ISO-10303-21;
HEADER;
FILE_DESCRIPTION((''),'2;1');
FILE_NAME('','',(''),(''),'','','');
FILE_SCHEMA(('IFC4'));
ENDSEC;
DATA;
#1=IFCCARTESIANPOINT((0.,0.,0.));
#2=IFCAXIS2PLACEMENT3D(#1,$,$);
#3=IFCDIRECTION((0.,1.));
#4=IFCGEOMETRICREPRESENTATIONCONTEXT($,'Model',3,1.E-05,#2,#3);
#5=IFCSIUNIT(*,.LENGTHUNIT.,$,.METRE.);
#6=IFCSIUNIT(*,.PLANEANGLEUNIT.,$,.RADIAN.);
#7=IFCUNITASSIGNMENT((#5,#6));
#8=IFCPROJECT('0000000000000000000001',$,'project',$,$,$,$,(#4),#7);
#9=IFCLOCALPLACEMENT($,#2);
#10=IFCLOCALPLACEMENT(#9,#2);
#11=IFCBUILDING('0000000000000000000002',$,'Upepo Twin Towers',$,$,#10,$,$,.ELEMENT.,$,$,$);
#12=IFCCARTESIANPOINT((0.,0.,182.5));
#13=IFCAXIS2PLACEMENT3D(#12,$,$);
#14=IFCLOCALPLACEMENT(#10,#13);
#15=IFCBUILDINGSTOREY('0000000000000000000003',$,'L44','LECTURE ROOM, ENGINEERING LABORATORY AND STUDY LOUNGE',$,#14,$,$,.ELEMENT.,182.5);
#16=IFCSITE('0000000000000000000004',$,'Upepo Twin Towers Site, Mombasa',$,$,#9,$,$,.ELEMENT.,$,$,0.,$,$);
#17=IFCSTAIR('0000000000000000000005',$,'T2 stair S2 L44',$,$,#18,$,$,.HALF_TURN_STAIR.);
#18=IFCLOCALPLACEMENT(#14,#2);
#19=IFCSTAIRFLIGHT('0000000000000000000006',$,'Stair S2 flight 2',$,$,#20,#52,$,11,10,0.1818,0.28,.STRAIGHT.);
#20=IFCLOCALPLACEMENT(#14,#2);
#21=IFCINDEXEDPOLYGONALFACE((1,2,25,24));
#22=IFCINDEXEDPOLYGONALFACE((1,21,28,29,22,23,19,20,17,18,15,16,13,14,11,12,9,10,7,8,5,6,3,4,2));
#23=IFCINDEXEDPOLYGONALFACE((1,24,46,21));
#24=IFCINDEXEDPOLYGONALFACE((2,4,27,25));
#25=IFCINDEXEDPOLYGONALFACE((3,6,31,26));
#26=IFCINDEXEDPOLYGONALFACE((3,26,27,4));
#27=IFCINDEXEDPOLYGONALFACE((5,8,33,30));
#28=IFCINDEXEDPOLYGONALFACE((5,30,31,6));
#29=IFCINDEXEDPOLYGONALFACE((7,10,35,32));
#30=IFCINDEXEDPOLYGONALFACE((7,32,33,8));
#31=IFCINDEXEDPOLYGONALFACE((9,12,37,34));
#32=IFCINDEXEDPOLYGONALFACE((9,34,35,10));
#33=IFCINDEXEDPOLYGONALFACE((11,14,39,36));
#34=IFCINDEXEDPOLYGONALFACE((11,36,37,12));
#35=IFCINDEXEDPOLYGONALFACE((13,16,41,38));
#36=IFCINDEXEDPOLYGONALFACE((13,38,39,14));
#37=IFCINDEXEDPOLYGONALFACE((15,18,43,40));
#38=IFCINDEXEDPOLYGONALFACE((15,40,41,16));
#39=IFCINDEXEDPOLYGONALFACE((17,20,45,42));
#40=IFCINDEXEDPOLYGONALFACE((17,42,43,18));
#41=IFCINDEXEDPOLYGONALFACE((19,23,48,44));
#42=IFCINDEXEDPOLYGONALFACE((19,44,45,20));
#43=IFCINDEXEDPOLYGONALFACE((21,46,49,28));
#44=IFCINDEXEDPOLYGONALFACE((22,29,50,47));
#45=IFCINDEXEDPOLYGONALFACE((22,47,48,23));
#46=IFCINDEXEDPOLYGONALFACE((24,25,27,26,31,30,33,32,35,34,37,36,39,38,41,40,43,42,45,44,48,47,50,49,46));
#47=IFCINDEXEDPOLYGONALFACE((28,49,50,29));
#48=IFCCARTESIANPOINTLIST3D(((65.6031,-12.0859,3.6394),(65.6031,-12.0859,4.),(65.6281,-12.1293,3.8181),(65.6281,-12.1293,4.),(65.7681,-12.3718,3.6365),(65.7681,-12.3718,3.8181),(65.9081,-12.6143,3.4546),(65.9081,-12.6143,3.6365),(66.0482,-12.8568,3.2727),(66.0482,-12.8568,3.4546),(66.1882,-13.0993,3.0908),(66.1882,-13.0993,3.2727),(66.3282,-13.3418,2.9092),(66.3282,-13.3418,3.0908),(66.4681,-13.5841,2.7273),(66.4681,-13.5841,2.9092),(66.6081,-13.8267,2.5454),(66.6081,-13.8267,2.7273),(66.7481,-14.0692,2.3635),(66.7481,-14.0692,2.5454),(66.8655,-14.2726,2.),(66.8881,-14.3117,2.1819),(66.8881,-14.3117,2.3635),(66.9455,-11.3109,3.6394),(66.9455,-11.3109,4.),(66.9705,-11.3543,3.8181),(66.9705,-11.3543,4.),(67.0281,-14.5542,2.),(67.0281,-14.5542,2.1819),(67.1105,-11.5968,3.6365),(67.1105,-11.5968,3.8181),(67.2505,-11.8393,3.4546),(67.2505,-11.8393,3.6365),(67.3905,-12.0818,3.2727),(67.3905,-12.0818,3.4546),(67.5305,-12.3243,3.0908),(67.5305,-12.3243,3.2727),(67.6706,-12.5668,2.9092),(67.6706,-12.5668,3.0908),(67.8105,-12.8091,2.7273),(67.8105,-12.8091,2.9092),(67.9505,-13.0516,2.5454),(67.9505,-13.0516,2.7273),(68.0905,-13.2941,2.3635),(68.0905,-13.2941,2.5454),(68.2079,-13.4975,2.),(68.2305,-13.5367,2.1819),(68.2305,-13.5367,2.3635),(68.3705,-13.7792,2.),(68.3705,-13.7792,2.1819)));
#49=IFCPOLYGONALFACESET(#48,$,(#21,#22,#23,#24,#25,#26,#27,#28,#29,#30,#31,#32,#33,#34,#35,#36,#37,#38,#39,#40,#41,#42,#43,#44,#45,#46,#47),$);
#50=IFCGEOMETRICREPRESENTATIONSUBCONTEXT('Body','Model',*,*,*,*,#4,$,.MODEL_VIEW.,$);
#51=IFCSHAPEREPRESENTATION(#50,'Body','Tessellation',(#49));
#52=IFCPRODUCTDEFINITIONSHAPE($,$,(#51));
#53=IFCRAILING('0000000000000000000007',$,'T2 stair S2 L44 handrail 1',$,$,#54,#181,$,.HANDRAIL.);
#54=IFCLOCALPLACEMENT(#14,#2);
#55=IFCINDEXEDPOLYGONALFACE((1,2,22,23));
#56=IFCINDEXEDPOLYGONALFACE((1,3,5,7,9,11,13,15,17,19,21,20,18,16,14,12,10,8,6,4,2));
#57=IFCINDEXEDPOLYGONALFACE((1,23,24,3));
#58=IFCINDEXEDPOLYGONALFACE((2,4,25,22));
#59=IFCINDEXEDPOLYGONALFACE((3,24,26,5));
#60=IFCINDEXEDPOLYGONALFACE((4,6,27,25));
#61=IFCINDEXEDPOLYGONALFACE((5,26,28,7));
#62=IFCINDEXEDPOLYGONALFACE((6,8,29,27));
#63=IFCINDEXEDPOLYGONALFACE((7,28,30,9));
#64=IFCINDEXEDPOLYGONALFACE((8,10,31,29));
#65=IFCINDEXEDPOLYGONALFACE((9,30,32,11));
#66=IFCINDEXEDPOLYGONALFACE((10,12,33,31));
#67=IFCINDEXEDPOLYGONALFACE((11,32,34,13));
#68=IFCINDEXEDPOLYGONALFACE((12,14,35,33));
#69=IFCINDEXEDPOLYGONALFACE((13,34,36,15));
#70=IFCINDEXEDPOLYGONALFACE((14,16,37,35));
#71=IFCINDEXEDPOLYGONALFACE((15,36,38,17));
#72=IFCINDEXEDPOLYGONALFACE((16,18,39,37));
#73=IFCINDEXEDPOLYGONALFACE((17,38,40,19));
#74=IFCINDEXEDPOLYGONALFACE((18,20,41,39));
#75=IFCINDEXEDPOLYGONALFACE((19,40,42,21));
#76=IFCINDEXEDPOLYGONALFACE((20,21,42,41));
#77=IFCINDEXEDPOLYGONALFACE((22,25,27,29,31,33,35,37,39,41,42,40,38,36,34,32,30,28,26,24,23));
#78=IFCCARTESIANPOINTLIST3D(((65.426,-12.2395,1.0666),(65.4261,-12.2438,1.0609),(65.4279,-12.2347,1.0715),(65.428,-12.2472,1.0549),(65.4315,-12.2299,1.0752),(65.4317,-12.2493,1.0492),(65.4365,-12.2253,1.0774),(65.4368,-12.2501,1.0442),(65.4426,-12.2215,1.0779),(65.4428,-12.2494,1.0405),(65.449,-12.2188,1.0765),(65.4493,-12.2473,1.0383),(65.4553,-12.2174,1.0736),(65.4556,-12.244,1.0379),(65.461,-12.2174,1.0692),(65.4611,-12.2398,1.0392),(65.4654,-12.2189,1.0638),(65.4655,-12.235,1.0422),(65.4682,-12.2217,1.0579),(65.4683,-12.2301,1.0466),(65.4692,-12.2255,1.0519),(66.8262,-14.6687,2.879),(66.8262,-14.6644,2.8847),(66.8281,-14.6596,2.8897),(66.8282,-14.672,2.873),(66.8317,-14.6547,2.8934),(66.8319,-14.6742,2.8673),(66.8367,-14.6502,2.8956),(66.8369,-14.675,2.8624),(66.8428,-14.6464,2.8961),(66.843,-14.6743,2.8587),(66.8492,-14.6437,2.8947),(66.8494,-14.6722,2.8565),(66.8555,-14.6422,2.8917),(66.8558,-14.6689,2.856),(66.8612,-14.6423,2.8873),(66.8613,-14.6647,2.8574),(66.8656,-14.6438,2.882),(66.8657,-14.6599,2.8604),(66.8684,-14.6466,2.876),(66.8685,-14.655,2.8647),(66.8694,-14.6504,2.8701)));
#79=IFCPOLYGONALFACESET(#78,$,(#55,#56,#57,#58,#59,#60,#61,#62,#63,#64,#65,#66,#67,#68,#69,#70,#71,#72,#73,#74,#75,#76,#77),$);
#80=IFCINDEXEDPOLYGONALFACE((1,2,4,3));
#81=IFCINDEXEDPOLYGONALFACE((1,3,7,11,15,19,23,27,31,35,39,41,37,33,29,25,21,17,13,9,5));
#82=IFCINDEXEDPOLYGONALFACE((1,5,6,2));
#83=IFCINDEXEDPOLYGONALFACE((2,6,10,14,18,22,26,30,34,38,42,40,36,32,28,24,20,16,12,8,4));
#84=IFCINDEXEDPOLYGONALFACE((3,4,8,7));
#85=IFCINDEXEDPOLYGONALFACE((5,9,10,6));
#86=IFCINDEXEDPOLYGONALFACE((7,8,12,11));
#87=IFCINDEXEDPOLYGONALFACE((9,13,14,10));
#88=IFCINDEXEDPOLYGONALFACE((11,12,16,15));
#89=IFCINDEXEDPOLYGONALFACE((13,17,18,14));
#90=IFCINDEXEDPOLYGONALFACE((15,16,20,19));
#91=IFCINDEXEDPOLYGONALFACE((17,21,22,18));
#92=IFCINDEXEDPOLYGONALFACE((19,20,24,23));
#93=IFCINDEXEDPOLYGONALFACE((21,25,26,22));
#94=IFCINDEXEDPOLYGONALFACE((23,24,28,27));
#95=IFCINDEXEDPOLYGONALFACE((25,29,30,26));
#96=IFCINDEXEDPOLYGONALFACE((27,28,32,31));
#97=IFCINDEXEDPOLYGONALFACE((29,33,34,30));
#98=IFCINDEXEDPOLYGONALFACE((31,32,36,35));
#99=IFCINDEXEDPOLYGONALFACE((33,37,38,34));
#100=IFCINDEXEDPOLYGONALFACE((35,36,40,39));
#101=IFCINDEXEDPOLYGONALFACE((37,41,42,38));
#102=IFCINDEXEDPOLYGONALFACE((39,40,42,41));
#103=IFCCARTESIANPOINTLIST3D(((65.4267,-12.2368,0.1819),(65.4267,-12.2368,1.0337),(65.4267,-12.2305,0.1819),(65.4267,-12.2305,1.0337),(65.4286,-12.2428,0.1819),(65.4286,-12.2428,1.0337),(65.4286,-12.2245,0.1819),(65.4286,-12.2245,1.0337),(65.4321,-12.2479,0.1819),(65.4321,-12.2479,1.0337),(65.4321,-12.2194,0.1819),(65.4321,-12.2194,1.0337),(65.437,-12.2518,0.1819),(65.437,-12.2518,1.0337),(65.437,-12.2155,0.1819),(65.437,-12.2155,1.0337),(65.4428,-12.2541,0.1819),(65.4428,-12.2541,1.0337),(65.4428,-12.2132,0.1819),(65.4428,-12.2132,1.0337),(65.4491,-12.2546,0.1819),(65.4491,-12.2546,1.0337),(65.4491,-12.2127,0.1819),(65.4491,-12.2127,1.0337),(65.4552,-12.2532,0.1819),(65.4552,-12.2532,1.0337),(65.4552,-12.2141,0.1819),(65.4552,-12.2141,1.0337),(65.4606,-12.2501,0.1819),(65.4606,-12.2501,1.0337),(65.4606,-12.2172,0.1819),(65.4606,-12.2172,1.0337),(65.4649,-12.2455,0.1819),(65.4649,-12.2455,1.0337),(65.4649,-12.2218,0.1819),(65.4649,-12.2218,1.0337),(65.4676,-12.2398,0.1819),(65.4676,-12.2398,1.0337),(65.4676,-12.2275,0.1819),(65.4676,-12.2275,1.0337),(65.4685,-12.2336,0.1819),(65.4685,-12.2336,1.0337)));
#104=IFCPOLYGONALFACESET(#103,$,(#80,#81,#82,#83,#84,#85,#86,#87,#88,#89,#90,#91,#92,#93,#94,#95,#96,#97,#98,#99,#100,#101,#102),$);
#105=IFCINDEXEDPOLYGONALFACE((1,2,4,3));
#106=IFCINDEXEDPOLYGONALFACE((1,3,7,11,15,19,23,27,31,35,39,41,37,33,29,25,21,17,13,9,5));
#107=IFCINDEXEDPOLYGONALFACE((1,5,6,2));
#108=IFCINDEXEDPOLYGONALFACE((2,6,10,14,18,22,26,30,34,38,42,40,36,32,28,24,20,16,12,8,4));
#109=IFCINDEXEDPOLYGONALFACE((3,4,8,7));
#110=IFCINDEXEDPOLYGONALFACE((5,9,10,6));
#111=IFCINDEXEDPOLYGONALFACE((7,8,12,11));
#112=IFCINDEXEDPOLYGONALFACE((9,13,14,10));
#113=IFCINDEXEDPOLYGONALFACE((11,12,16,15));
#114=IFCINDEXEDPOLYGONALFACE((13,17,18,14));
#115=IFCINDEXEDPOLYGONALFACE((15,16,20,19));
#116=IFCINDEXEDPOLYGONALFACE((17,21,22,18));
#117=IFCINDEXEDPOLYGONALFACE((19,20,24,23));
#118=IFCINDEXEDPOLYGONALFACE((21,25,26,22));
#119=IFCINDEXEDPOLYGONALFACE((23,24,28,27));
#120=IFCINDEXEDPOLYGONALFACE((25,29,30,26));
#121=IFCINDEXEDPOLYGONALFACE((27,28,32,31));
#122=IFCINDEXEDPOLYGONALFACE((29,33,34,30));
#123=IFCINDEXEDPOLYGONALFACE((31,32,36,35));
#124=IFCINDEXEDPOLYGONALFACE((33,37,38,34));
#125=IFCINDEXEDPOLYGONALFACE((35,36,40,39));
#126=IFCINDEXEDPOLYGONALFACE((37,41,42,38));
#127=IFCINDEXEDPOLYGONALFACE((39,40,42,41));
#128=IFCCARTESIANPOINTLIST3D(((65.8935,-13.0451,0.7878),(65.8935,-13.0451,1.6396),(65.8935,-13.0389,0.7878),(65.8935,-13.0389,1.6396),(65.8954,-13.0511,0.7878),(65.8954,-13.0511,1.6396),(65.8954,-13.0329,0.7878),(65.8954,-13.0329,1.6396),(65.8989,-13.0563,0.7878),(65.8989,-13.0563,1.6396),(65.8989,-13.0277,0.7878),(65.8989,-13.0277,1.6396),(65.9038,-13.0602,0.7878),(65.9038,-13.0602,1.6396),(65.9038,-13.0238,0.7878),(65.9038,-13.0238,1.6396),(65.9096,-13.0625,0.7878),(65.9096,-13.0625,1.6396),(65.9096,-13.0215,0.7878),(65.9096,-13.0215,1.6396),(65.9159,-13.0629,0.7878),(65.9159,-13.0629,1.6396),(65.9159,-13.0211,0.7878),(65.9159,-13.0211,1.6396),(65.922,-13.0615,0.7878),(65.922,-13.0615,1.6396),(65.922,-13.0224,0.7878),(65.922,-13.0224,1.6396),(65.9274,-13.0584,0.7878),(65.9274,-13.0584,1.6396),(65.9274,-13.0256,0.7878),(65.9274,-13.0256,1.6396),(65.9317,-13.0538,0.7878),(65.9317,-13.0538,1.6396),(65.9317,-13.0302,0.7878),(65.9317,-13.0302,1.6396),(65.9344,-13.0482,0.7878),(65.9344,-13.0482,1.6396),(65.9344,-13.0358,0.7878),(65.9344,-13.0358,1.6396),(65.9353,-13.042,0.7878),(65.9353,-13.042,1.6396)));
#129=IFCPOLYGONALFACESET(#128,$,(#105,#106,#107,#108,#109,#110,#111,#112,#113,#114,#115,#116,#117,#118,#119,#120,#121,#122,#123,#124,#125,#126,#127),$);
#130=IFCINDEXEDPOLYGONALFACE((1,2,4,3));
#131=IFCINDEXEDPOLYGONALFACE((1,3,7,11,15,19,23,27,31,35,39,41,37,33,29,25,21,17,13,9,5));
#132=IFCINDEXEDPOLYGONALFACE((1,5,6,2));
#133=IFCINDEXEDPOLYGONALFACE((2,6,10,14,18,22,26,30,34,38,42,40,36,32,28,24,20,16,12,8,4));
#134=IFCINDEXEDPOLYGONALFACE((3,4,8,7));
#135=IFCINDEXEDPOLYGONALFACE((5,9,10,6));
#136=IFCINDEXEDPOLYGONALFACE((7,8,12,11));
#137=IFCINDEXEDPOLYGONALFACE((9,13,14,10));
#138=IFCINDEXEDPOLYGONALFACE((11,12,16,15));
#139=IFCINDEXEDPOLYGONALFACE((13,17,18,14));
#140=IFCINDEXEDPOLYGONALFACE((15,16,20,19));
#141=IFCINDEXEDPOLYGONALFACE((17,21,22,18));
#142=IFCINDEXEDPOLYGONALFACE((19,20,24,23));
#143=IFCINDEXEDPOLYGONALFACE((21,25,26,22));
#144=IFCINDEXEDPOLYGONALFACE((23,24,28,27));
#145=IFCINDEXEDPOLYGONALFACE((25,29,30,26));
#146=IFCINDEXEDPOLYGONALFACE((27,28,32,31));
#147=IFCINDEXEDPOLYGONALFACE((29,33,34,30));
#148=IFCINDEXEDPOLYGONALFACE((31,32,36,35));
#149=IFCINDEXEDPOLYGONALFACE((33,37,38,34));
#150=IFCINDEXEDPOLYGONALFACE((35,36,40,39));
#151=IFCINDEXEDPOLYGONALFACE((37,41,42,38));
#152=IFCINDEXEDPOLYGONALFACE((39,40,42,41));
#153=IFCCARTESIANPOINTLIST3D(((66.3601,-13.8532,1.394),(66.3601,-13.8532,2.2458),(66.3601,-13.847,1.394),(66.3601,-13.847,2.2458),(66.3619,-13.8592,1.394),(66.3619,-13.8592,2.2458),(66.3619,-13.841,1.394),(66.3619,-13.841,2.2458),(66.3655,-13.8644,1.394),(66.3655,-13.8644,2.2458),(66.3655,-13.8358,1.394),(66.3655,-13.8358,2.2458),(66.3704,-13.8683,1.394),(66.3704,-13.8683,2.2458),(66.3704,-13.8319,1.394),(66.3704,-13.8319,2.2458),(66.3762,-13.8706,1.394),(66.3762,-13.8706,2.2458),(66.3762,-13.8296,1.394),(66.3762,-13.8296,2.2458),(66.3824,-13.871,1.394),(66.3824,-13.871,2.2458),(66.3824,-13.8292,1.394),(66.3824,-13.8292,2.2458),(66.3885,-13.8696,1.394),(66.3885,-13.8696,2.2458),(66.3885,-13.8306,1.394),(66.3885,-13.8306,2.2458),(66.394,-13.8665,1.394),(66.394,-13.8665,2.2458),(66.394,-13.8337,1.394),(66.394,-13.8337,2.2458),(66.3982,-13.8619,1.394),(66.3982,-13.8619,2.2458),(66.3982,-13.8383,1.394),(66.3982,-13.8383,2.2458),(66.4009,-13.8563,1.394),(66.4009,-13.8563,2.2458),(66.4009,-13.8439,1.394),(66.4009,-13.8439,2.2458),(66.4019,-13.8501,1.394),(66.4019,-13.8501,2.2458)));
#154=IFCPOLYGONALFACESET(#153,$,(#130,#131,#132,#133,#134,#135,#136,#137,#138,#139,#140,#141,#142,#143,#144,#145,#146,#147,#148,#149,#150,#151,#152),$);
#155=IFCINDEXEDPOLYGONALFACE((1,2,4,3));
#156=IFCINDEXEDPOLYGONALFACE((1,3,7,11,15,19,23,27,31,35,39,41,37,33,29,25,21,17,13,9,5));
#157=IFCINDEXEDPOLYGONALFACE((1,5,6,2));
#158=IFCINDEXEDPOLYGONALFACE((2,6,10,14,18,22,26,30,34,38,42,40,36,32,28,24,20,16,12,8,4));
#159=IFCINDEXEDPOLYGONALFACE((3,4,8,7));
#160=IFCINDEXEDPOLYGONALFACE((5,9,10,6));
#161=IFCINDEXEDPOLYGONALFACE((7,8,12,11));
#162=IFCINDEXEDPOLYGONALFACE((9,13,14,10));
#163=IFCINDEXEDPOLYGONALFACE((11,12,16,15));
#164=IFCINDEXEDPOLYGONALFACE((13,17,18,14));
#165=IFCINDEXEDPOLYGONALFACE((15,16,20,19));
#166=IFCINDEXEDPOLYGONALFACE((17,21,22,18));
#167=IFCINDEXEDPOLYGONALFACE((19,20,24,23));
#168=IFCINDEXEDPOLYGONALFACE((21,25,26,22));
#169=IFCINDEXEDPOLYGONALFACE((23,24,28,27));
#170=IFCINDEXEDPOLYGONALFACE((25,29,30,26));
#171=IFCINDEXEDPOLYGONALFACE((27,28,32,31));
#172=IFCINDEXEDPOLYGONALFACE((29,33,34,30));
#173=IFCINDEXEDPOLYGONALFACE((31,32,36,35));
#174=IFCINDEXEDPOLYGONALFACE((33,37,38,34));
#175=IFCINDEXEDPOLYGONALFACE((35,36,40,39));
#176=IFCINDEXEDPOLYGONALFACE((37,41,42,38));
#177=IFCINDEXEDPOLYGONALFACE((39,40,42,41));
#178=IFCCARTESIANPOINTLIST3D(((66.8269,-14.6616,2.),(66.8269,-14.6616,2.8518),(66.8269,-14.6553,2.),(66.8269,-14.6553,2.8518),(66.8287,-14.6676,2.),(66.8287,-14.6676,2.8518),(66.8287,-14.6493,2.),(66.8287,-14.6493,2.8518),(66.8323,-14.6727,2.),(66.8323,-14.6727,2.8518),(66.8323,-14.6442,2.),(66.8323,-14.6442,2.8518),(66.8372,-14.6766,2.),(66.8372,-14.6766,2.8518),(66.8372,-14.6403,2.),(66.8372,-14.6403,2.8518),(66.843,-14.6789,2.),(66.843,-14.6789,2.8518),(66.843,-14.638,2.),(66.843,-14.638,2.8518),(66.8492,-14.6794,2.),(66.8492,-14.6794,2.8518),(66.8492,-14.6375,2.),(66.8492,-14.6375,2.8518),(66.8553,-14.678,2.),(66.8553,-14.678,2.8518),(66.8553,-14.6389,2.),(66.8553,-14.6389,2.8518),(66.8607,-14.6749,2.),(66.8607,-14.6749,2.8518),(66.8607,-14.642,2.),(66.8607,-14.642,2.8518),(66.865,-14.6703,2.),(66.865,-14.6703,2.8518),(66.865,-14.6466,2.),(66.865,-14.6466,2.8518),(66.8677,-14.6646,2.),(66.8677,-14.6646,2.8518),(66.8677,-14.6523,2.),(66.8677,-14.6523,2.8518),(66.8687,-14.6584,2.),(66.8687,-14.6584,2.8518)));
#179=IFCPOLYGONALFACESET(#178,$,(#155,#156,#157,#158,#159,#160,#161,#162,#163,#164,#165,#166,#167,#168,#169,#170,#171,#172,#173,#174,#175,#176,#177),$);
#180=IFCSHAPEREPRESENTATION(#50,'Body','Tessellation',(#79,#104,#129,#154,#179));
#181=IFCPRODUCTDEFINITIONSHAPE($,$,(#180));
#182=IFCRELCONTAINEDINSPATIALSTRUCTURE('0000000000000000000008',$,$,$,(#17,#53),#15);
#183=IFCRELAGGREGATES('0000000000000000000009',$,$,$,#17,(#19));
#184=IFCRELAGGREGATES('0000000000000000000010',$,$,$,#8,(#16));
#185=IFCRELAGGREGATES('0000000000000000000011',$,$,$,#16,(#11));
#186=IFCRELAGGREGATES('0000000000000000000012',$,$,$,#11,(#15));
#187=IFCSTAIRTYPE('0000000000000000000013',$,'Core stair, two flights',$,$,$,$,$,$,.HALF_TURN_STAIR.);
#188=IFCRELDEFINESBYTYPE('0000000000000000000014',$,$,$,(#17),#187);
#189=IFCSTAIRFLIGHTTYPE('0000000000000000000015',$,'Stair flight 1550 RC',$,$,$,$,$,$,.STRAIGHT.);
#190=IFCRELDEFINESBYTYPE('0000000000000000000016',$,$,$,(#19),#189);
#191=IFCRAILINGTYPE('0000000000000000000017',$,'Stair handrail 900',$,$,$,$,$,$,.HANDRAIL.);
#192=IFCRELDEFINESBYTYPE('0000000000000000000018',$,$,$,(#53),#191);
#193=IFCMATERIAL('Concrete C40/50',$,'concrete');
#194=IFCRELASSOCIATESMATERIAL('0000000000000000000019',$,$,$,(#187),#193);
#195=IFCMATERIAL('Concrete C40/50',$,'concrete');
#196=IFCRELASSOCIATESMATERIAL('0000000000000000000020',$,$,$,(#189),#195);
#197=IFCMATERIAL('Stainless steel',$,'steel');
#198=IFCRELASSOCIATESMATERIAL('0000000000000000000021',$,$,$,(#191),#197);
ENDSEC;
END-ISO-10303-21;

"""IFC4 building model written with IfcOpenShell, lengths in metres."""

from ifc_helpers import new_model, si_unit, direction, frame, origin, origin_2d, place, context, subcontext, project, spatial, polyline, circle, outline, extrude, material, type_object, element, aggregate, save


model = new_model("IFC4")

# Units and contexts
model_context = context("Model", 3, precision=1e-05, world=origin(), true_north=direction((0.0, 1.0)))
body_context = subcontext(model_context, "Body", "Model", "MODEL_VIEW")
ifc_project = project(units=[si_unit("LENGTHUNIT", "METRE"), si_unit("PLANEANGLEUNIT", "RADIAN")], contexts=[model_context])

# Site, building, storey
site_placement = place(None, origin())
site = spatial("IfcSite", under=ifc_project, at=site_placement, Name="Upepo Twin Towers Site, Mombasa", CompositionType="ELEMENT", RefElevation=0.0)
building_placement = place(site_placement, origin())
building = spatial("IfcBuilding", under=site, at=building_placement, Name="Upepo Twin Towers", CompositionType="ELEMENT")
storey_placement = place(building_placement, frame((0.0, 0.0, 182.5)))
storey = spatial("IfcBuildingStorey", under=building, at=storey_placement, Name="L44", Description="LECTURE ROOM, ENGINEERING LABORATORY AND STUDY LOUNGE", CompositionType="ELEMENT", Elevation=182.5)

# Stair, stair flight
ifc_material_1 = material(Name="Concrete C40/50", Category="concrete")
stair_type = type_object("IfcStairType", Name="Core stair, two flights", PredefinedType="HALF_TURN_STAIR", material=ifc_material_1)
stair_placement = place(storey_placement, origin())
stair = element("IfcStair", 1, at=stair_placement, inside=storey, type_object=stair_type, Name="T2 stair S2 L44", PredefinedType="HALF_TURN_STAIR")
ifc_material_2 = material(Name="Concrete C40/50", Category="concrete")
stair_flight_type = type_object("IfcStairFlightType", Name="Stair flight 1550 RC", PredefinedType="STRAIGHT", material=ifc_material_2)
stair_flight_1_placement = place(storey_placement, frame((67.6992, -14.1667, 2.0), z_axis=(0.0, 0.0, 1.0), x_axis=(-0.5, 0.866025, 0.0)))
stair_flight_1 = element("IfcStairFlight", 2, at=stair_flight_1_placement, type_object=stair_flight_type, Name="Stair S2 flight 2", NumberOfRisers=11, NumberOfTreads=10, PredefinedType="STRAIGHT", RiserHeight=0.1818, TreadLength=0.28, context=body_context, shape_type="SweptSolid", body=[
    extrude(outline(polyline([(0.0, 0.0), (0.0, 0.1819), (0.28, 0.1819), (0.28, 0.3635), (0.5601, 0.3635), (0.5601, 0.5454), (0.8401, 0.5454), (0.8401, 0.7273), (1.1201, 0.7273), (1.1201, 0.9092), (1.3999, 0.9092), (1.3999, 1.0908), (1.6799, 1.0908), (1.6799, 1.2727), (1.96, 1.2727), (1.96, 1.4546), (2.24, 1.4546), (2.24, 1.6365), (2.52, 1.6365), (2.52, 1.8181), (2.8, 1.8181), (2.8, 2.0), (2.8501, 2.0), (2.8501, 1.6394), (0.3252, 0.0), (0.0, 0.0)])), frame((0.0, 0.7749, 0.0), z_axis=(0.0, -1.0, 0.0), x_axis=(1.0, 0.0, 0.0)), (0.0, 0.0, 1.0), 1.55),
])
aggregate(stair, [stair_flight_1])

# Railing
ifc_material_3 = material(Name="Stainless steel", Category="steel")
railing_type = type_object("IfcRailingType", Name="Stair handrail 900", PredefinedType="HANDRAIL", material=ifc_material_3)
railing_1_placement = place(storey_placement, frame((65.4475, -12.2336, 0.1819)))
element("IfcRailing", 3, at=railing_1_placement, inside=storey, type_object=railing_type, Name="T2 stair S2 L44 handrail 1", PredefinedType="HANDRAIL", context=body_context, shape_type="SweptSolid", body=[
    extrude(circle(Radius=0.0239, at=origin_2d()), frame((0.0, 0.0, 0.876), z_axis=(0.419393, -0.726314, 0.544589), x_axis=(0.865997, 0.50005, 0.0)), (0.0, 0.0, 1.0), 3.3386),
    extrude(circle(Radius=0.021, at=origin_2d()), origin(), (0.0, 0.0, 1.0), 0.8518),
    extrude(circle(Radius=0.021, at=origin_2d()), frame((0.4668, -0.8083, 0.606)), (0.0, 0.0, 1.0), 0.8518),
    extrude(circle(Radius=0.021, at=origin_2d()), frame((0.9333, -1.6165, 1.2122)), (0.0, 0.0, 1.0), 0.8518),
    extrude(circle(Radius=0.021, at=origin_2d()), frame((1.4001, -2.4248, 1.8181)), (0.0, 0.0, 1.0), 0.8518),
])

save(model, "model.ifc")
